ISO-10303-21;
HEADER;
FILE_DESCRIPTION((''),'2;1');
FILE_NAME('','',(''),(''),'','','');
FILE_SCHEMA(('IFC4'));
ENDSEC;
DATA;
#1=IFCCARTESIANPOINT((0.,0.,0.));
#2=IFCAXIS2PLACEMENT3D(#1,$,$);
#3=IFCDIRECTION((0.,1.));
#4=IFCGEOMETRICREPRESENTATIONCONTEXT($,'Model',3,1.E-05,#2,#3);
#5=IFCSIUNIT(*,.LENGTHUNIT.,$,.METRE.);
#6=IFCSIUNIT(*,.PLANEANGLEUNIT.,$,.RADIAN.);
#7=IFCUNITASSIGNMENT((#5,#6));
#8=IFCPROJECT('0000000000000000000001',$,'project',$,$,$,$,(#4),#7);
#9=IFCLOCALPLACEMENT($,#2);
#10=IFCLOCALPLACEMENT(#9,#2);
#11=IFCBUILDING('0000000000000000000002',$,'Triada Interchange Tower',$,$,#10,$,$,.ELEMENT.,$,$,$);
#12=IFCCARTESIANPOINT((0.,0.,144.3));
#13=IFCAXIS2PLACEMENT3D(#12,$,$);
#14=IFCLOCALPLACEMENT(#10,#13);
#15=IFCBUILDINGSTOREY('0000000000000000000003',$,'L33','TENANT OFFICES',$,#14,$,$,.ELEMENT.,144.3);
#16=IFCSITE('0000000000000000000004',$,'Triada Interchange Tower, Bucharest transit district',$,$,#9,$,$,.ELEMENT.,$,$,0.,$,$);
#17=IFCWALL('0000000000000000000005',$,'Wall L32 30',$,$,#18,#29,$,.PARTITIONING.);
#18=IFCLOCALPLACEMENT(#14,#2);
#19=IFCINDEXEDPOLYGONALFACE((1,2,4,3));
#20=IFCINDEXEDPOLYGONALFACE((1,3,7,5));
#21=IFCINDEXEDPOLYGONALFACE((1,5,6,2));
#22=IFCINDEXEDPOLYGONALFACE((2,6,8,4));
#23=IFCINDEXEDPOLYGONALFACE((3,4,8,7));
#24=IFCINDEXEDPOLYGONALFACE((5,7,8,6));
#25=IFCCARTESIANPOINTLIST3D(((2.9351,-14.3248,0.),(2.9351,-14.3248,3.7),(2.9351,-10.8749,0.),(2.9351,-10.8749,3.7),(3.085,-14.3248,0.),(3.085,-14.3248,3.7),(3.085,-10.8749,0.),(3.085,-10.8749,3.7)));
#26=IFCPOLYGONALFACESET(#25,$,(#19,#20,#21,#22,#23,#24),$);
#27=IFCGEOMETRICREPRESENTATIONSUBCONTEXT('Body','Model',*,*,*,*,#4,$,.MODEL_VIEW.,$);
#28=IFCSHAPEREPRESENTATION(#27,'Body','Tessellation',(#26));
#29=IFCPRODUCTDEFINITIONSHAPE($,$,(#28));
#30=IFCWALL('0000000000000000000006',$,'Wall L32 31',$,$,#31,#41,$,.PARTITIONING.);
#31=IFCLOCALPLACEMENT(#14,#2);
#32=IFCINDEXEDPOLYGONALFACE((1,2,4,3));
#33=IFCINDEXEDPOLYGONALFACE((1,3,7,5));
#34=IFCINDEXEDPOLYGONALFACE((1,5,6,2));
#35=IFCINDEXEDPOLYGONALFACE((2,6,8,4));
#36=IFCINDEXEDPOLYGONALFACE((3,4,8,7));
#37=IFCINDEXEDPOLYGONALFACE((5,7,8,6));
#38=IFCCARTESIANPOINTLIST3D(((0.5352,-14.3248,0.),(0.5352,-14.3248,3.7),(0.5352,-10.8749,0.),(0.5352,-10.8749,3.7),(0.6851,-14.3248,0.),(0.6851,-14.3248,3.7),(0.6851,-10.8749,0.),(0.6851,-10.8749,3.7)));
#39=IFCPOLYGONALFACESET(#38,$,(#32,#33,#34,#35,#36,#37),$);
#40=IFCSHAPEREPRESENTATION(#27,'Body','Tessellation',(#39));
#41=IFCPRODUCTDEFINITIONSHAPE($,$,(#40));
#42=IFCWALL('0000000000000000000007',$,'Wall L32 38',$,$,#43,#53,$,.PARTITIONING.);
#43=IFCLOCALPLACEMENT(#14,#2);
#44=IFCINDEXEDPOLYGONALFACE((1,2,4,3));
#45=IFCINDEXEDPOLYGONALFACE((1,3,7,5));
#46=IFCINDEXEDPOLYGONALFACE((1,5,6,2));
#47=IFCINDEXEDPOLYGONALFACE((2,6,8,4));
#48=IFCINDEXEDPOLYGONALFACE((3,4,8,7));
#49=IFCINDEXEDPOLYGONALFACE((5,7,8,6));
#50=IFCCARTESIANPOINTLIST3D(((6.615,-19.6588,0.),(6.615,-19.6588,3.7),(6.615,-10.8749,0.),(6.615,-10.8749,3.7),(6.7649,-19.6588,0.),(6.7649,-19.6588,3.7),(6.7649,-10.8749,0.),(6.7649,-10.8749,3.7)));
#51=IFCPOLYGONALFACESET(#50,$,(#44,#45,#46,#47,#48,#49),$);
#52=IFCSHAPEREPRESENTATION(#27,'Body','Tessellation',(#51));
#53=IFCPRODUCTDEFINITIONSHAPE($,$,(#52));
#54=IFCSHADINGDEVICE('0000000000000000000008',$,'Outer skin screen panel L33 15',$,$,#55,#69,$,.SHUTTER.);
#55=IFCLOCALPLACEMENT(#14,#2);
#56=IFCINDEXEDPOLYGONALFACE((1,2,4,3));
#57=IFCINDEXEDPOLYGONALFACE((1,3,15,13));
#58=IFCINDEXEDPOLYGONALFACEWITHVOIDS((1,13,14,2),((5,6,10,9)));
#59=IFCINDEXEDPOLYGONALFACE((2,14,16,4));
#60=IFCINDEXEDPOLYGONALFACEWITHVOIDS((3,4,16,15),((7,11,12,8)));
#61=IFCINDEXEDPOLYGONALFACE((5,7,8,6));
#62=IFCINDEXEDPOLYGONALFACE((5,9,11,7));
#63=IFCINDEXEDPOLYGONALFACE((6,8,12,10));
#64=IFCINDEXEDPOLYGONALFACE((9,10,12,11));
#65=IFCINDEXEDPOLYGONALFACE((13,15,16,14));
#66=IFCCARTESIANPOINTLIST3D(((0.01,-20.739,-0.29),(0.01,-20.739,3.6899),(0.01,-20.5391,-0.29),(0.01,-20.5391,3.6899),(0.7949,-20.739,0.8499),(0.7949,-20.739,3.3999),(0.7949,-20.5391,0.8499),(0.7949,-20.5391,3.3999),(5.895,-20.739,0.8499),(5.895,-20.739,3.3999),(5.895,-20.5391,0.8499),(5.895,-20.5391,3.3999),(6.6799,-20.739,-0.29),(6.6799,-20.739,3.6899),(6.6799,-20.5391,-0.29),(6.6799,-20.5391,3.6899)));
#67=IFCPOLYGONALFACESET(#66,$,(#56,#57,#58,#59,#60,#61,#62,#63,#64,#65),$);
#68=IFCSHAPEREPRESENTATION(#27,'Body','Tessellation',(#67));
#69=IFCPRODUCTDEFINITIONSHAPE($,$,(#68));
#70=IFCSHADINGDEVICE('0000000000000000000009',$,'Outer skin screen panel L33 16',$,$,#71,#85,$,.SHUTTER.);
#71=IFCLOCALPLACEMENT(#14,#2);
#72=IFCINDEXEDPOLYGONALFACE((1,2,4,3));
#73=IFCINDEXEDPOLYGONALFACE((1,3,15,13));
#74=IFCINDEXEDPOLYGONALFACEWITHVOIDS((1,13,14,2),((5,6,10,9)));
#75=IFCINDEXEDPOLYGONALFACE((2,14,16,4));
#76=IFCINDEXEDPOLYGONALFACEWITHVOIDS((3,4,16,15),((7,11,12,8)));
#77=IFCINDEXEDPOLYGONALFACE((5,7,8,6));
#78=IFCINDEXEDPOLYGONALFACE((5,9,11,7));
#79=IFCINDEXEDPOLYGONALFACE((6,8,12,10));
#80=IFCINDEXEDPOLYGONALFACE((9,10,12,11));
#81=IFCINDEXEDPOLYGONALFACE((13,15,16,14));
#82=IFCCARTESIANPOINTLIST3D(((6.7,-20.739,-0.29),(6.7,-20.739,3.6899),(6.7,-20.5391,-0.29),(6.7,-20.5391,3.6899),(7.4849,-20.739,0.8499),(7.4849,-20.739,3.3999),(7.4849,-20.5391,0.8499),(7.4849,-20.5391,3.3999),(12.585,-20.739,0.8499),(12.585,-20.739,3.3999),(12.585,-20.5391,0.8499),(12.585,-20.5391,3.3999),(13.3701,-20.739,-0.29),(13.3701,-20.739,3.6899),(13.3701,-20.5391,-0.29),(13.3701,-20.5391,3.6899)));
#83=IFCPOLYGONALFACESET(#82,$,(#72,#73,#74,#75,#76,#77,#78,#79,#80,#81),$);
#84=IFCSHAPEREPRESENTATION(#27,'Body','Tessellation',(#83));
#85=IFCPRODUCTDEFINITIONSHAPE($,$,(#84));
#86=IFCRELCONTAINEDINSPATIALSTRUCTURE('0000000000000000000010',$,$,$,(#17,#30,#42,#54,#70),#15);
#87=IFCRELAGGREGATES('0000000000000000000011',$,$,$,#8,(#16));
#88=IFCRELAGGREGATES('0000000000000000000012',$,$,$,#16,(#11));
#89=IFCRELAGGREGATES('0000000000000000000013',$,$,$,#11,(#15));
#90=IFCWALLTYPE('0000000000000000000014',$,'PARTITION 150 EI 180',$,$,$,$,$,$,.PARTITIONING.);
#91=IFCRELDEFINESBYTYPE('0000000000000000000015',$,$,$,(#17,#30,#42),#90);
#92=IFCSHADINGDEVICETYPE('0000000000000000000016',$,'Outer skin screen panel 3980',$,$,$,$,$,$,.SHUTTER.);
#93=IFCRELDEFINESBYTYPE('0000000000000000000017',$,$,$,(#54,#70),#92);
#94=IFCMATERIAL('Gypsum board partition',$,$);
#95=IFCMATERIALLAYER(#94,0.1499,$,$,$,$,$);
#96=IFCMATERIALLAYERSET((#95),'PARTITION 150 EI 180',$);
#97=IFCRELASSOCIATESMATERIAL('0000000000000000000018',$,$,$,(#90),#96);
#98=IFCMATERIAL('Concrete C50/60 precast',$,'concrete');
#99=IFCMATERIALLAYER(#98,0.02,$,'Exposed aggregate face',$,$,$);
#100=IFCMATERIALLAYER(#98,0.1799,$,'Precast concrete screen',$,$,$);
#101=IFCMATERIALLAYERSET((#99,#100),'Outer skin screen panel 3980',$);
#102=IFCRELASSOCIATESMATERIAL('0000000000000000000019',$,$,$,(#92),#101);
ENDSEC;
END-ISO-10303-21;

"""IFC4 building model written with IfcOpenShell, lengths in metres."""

from ifc_helpers import new_model, si_unit, direction, frame, frame_2d, origin, place, context, subcontext, project, spatial, polyline, rectangle, outline, extrude, material, layer, layer_set, type_object, element, save


model = new_model("IFC4")

# Units and contexts
model_context = context("Model", 3, precision=1e-05, world=origin(), true_north=direction((0.0, 1.0)))
body_context = subcontext(model_context, "Body", "Model", "MODEL_VIEW")
ifc_project = project(units=[si_unit("LENGTHUNIT", "METRE"), si_unit("PLANEANGLEUNIT", "RADIAN")], contexts=[model_context])

# Site, building, storey
site_placement = place(None, origin())
site = spatial("IfcSite", under=ifc_project, at=site_placement, Name="Triada Interchange Tower, Bucharest transit district", CompositionType="ELEMENT", RefElevation=0.0)
building_placement = place(site_placement, origin())
building = spatial("IfcBuilding", under=site, at=building_placement, Name="Triada Interchange Tower", CompositionType="ELEMENT")
storey_placement = place(building_placement, frame((0.0, 0.0, 144.3)))
storey = spatial("IfcBuildingStorey", under=building, at=storey_placement, Name="L33", Description="TENANT OFFICES", CompositionType="ELEMENT", Elevation=144.3)

# Walls
ifc_material_1 = material(Name="Gypsum board partition")
ifc_layer_1 = layer(ifc_material_1, 0.1499)
ifc_layer_set_1 = layer_set([ifc_layer_1], Name="PARTITION 150 EI 180")
wall_type_1 = type_object("IfcWallType", Name="PARTITION 150 EI 180", PredefinedType="PARTITIONING", material=ifc_layer_set_1)
for number, where, z_axis, x_axis, name in (
    (1, (3.01, -14.325, 0.0), (0.0, 0.0, 1.0), (0.0, 1.0, 0.0), "Wall L32 30"),
    (2, (0.6101, -14.325, 0.0), (0.0, 0.0, 1.0), (0.0, 1.0, 0.0), "Wall L32 31"),
):
    element("IfcWall", number, at=place(storey_placement, frame(where, z_axis=z_axis, x_axis=x_axis)), inside=storey, type_object=wall_type_1, Name=name, PredefinedType="PARTITIONING", context=body_context, shape_type="SweptSolid", body=[
        extrude(rectangle(XDim=3.45, YDim=0.1499, at=frame_2d((1.7251, 0.0))), origin(), (0.0, 0.0, 1.0), 3.7),
    ])
wall_1_placement = place(storey_placement, frame((6.6899, -19.6589, 0.0), z_axis=(0.0, 0.0, 1.0), x_axis=(0.0, 1.0, 0.0)))
element("IfcWall", 3, at=wall_1_placement, inside=storey, type_object=wall_type_1, Name="Wall L32 38", PredefinedType="PARTITIONING", context=body_context, shape_type="SweptSolid", body=[
    extrude(rectangle(XDim=8.7839, YDim=0.1499, at=frame_2d((4.3921, 0.0))), origin(), (0.0, 0.0, 1.0), 3.7),
])

# Shading devices
ifc_material_2 = material(Name="Concrete C50/60 precast", Category="concrete")
ifc_layer_2 = layer(ifc_material_2, 0.02, Name="Exposed aggregate face")
ifc_layer_3 = layer(ifc_material_2, 0.1799, Name="Precast concrete screen")
ifc_layer_set_2 = layer_set([ifc_layer_2, ifc_layer_3], Name="Outer skin screen panel 3980")
shading_device_type = type_object("IfcShadingDeviceType", Name="Outer skin screen panel 3980", PredefinedType="SHUTTER", material=ifc_layer_set_2)
shading_device_1_placement = place(storey_placement, frame((0.01, -20.5391, -0.29), z_axis=(0.0, 0.0, 1.0), x_axis=(1.0, 0.0, 0.0)))
element("IfcShadingDevice", 4, at=shading_device_1_placement, inside=storey, type_object=shading_device_type, Name="Outer skin screen panel L33 15", PredefinedType="SHUTTER", context=body_context, shape_type="SweptSolid", body=[
    extrude(outline(polyline([(0.0, 0.0), (6.6699, 0.0), (6.6699, 3.98), (0.0, 3.98), (0.0, 0.0)]), holes=[polyline([(0.7849, 1.1399), (0.7849, 3.6899), (5.885, 3.6899), (5.885, 1.1399), (0.7849, 1.1399)])]), frame((0.0, 0.0, 0.0), z_axis=(0.0, -1.0, 0.0), x_axis=(1.0, 0.0, 0.0)), (0.0, 0.0, 1.0), 0.2),
])
shading_device_2_placement = place(storey_placement, frame((6.7, -20.5391, -0.29), z_axis=(0.0, 0.0, 1.0), x_axis=(1.0, 0.0, 0.0)))
element("IfcShadingDevice", 5, at=shading_device_2_placement, inside=storey, type_object=shading_device_type, Name="Outer skin screen panel L33 16", PredefinedType="SHUTTER", context=body_context, shape_type="SweptSolid", body=[
    extrude(outline(polyline([(0.0, 0.0), (6.6702, 0.0), (6.6702, 3.98), (0.0, 3.98), (0.0, 0.0)]), holes=[polyline([(0.7849, 1.1399), (0.7849, 3.6899), (5.885, 3.6899), (5.885, 1.1399), (0.7849, 1.1399)])]), frame((0.0, 0.0, 0.0), z_axis=(0.0, -1.0, 0.0), x_axis=(1.0, 0.0, 0.0)), (0.0, 0.0, 1.0), 0.2),
])

save(model, "model.ifc")
